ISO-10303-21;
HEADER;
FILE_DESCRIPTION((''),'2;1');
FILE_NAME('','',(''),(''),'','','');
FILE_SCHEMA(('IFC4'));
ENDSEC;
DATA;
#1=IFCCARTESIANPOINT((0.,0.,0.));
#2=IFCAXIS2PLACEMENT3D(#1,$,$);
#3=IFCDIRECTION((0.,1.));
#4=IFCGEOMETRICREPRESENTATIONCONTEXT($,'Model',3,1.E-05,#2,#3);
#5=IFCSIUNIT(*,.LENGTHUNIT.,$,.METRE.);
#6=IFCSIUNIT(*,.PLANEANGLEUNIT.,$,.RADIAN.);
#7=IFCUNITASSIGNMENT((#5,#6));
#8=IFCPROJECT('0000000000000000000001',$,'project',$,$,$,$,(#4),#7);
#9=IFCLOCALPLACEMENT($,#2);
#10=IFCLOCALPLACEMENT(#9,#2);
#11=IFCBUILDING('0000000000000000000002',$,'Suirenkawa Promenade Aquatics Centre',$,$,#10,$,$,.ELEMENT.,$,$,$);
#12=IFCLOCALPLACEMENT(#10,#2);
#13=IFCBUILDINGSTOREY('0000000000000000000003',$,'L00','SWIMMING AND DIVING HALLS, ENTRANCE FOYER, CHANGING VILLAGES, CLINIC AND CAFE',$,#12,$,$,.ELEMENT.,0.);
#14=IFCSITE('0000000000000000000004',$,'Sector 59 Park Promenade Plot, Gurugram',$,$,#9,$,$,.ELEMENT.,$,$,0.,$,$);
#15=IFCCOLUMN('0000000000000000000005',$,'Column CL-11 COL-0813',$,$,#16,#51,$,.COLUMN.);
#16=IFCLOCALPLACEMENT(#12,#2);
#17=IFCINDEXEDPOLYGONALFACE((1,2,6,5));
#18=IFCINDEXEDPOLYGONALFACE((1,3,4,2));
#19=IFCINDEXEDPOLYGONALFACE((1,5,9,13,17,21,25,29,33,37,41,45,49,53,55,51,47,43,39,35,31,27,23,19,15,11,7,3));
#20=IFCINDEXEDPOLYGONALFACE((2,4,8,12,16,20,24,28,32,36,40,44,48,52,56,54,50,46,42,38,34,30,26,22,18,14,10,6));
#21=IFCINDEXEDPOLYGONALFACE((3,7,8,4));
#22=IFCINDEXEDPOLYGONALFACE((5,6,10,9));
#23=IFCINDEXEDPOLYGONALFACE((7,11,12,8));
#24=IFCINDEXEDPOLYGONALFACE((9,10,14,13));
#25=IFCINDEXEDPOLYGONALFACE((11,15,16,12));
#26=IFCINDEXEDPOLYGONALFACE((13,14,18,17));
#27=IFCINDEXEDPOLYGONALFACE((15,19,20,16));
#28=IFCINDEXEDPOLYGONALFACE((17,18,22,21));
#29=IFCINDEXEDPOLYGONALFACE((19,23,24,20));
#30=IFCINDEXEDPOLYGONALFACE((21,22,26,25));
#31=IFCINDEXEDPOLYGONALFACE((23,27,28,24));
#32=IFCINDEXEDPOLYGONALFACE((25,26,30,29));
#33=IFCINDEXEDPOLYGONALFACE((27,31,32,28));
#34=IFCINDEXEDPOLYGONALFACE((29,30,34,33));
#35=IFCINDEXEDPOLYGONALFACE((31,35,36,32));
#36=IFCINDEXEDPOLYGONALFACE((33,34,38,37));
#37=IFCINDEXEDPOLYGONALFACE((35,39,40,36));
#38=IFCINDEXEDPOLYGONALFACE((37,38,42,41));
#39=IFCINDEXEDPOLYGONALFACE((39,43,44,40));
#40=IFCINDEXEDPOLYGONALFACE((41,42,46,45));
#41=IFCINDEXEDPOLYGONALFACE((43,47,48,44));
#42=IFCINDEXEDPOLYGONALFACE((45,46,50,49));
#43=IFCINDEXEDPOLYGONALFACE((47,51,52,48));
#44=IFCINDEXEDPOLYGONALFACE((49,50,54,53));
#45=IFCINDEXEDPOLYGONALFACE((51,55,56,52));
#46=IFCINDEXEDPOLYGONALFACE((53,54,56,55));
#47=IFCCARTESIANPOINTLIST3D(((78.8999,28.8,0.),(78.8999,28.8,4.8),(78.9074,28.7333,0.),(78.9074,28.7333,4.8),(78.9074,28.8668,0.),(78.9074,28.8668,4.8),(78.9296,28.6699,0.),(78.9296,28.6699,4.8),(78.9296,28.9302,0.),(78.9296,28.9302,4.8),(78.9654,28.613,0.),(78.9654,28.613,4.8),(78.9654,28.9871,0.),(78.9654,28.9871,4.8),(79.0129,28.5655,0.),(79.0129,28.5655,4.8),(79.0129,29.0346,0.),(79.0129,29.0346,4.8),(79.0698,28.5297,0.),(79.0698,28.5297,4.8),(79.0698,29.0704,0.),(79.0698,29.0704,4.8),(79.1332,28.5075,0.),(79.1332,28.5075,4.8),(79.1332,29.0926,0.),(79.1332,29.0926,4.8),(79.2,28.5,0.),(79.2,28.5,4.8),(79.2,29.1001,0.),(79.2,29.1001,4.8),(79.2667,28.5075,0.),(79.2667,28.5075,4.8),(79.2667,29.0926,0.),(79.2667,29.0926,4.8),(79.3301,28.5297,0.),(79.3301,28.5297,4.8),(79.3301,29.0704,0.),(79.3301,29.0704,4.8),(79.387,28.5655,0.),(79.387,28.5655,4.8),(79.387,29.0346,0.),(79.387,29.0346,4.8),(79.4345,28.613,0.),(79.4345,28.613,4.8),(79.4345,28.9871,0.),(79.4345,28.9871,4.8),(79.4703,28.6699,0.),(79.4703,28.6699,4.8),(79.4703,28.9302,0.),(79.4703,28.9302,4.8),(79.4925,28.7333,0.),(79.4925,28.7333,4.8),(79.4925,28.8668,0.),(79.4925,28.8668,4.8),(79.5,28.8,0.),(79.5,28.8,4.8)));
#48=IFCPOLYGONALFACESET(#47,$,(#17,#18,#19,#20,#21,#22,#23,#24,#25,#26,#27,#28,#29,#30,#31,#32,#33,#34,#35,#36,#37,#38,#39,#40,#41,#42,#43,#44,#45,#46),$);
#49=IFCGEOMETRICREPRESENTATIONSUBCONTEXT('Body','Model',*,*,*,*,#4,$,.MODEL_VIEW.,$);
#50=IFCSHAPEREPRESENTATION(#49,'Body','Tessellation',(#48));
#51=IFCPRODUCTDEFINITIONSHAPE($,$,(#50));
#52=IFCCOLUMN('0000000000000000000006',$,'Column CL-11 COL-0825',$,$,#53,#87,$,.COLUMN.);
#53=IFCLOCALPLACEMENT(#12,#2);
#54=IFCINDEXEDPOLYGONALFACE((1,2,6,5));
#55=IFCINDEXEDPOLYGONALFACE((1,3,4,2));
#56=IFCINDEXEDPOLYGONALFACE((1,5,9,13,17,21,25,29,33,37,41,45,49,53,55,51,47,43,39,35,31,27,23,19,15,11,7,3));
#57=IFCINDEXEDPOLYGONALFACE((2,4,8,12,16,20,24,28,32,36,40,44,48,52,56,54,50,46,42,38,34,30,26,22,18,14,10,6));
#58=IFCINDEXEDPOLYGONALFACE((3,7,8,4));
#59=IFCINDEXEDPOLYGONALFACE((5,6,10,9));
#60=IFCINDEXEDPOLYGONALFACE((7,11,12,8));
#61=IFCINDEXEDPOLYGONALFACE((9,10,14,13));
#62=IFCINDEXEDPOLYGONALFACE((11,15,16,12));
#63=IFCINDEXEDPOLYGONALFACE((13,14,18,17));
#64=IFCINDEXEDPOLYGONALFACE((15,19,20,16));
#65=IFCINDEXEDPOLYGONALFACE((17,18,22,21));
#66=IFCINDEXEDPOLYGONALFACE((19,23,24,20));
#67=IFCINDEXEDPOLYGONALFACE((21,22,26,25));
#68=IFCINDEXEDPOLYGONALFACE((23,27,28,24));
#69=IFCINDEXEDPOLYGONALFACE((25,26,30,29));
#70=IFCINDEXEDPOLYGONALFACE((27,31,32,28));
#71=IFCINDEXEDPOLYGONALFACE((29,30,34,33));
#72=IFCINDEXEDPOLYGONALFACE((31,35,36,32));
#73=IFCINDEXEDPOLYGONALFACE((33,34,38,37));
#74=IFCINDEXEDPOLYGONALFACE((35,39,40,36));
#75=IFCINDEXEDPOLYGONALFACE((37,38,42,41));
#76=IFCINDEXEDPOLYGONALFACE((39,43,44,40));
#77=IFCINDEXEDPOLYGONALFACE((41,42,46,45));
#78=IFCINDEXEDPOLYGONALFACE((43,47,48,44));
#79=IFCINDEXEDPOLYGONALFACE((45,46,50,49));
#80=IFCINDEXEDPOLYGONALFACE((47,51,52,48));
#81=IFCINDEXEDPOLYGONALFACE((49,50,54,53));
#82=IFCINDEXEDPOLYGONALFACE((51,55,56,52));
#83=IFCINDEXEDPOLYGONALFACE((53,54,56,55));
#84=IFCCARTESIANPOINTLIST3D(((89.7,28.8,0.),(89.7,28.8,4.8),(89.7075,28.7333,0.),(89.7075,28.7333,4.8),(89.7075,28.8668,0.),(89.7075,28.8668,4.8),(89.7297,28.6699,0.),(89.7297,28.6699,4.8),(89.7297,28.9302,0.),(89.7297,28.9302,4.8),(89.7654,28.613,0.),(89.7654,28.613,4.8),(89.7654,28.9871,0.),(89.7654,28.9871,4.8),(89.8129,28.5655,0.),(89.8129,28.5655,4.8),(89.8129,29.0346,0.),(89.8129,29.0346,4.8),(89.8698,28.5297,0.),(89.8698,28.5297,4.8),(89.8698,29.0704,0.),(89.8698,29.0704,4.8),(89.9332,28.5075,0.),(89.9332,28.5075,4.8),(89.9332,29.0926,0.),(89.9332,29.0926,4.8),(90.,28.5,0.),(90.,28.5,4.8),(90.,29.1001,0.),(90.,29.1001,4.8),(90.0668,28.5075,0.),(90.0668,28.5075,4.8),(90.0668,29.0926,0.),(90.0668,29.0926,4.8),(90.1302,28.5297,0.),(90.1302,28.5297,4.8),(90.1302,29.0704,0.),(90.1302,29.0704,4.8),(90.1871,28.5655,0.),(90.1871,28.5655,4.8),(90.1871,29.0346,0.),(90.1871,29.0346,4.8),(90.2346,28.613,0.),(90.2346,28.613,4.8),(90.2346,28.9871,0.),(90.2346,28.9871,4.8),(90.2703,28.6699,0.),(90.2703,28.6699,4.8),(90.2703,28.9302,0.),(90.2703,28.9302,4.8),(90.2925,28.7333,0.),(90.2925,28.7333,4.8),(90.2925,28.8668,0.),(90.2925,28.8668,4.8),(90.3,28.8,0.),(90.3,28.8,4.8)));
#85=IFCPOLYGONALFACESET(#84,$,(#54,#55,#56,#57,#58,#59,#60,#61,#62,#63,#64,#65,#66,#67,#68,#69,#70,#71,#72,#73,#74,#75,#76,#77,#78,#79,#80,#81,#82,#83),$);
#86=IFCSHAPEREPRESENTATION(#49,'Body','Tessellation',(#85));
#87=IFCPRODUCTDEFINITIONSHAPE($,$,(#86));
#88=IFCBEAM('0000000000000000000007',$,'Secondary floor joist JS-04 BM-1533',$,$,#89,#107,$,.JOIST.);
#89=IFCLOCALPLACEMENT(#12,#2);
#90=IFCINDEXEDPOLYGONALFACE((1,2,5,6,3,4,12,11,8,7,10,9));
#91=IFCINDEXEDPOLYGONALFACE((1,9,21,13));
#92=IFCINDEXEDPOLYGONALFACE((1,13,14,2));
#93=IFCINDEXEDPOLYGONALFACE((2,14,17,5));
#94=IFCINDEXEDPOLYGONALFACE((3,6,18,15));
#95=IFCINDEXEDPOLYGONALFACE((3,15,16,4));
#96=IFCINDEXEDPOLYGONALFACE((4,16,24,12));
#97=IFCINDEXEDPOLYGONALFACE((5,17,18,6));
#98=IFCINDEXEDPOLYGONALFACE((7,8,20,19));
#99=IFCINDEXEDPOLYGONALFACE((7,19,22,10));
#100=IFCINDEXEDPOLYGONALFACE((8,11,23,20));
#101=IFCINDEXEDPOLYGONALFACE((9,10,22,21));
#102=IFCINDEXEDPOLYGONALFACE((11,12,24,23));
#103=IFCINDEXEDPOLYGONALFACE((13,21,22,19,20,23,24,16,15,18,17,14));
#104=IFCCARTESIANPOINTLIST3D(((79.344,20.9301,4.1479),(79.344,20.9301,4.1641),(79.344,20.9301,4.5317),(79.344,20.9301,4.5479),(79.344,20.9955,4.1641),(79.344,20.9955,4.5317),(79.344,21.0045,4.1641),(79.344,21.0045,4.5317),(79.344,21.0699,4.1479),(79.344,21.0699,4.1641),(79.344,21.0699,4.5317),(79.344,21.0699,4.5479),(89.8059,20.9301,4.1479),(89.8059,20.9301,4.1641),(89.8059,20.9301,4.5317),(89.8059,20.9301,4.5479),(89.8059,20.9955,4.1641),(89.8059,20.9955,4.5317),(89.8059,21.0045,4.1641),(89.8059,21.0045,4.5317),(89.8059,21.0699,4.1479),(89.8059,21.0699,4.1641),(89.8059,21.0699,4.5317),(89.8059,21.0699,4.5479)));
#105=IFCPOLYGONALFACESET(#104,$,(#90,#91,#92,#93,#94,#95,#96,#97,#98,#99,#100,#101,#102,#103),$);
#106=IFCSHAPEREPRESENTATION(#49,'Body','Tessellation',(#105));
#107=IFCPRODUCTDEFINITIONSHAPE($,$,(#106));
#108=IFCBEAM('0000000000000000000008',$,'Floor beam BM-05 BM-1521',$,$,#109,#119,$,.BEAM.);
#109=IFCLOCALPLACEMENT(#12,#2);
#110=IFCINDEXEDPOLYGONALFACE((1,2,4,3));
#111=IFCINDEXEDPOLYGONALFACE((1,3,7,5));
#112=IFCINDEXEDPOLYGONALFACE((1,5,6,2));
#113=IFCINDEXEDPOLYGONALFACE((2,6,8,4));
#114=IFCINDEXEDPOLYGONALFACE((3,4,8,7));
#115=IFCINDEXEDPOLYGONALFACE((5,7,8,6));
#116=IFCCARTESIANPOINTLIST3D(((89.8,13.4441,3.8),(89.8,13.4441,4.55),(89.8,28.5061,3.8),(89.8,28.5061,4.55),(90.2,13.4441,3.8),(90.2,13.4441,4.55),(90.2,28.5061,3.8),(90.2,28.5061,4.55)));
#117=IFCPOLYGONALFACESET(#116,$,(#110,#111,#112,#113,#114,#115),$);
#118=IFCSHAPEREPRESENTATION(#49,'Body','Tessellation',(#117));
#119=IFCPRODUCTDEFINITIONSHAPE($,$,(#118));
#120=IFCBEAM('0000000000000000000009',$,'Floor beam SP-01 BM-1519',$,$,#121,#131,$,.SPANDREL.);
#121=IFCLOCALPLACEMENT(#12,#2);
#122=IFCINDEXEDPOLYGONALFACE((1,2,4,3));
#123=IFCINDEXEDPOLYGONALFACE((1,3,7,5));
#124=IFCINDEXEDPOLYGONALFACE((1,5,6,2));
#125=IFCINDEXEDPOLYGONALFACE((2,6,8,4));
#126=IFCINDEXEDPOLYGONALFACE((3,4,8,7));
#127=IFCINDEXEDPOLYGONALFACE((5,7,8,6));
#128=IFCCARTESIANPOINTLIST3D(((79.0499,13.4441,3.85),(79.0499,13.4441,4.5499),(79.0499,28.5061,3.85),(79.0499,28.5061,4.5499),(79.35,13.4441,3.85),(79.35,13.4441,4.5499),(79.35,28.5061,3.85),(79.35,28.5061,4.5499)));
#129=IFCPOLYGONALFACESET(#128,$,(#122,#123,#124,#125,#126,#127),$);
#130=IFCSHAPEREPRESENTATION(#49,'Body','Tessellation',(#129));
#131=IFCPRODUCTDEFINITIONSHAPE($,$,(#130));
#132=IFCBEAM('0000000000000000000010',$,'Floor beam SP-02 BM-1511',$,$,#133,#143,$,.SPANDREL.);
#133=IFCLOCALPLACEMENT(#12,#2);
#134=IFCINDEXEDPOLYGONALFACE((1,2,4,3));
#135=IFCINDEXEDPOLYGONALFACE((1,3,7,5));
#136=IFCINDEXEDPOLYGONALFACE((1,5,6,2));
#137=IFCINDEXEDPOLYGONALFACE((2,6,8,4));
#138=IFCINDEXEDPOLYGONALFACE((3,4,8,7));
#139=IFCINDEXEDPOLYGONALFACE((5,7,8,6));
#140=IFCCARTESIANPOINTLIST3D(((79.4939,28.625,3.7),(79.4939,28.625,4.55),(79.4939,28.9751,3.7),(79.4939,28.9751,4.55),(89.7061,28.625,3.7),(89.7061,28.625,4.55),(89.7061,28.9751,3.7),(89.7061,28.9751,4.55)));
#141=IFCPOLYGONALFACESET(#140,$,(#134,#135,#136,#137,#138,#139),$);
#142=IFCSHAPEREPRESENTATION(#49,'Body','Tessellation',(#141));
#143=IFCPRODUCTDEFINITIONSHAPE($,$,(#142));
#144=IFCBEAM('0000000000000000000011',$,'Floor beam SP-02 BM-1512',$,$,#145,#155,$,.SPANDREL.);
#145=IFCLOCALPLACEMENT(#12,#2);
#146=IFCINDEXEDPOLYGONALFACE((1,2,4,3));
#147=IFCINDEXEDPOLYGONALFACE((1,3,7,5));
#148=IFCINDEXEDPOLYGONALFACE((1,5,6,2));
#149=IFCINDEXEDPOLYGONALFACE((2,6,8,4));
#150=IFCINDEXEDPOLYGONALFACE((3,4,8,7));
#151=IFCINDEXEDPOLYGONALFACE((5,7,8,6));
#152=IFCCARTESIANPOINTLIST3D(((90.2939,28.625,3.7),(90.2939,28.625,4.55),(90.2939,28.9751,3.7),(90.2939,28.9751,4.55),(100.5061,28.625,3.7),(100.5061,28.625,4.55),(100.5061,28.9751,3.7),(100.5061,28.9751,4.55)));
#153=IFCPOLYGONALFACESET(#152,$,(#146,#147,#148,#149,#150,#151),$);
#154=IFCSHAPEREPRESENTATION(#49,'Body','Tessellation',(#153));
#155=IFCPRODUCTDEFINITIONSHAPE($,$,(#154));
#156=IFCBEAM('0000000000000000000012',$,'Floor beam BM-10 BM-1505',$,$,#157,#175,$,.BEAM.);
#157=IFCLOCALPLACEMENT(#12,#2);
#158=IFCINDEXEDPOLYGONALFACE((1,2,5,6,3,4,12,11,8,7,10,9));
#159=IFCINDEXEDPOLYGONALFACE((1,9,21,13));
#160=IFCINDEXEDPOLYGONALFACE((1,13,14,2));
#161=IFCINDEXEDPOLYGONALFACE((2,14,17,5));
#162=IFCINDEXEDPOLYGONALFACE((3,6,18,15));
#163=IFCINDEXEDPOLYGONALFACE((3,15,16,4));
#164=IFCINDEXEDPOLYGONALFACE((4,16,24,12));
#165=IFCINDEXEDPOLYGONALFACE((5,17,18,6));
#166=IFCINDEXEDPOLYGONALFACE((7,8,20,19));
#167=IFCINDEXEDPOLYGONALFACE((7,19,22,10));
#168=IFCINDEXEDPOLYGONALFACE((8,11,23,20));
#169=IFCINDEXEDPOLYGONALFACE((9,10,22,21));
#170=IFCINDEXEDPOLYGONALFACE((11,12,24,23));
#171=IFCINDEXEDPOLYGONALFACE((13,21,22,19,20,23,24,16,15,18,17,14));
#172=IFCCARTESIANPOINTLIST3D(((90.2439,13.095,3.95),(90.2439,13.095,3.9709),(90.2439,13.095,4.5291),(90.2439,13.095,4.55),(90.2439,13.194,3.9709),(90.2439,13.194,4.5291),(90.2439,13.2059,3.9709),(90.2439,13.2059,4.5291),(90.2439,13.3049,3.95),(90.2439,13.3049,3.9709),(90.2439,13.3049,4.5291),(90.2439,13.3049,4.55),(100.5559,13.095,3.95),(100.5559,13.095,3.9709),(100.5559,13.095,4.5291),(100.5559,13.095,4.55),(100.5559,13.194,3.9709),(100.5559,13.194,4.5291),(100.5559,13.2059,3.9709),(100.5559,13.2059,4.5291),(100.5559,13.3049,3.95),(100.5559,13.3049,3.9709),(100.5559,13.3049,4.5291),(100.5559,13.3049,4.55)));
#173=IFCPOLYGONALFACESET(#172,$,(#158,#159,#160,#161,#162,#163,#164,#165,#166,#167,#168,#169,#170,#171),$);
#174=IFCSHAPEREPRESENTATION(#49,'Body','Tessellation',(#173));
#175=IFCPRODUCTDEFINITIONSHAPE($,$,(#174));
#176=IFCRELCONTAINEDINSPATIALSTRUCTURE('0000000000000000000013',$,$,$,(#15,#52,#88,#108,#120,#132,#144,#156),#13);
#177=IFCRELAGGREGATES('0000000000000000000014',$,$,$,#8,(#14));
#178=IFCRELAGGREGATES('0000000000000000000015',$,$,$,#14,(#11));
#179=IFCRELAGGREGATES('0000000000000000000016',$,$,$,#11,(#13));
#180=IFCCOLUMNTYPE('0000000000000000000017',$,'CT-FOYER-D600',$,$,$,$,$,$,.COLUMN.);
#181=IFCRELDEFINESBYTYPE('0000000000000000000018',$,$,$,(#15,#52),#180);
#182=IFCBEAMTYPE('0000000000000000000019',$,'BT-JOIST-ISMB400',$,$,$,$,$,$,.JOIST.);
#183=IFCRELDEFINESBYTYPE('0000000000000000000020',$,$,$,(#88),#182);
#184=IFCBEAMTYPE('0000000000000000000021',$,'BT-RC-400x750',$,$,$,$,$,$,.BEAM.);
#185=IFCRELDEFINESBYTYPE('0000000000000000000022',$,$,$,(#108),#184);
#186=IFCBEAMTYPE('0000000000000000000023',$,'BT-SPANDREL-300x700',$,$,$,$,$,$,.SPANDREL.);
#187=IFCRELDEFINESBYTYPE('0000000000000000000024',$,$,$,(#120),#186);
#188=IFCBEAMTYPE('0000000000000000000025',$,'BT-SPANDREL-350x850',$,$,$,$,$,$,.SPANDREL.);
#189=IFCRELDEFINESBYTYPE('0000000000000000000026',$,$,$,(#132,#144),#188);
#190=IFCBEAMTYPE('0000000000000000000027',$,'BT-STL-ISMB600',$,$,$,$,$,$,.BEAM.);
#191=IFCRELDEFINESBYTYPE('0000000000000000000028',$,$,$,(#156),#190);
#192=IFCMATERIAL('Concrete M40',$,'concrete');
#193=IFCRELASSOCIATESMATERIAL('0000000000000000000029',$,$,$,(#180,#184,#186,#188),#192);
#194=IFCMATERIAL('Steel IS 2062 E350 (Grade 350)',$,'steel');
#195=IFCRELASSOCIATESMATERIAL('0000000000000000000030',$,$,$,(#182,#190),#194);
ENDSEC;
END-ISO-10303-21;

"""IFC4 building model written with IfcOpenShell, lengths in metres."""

from ifc_helpers import new_model, si_unit, direction, frame, origin, origin_2d, place, context, subcontext, project, spatial, rectangle, circle, i_section, extrude, material, material_profile, profile_set, type_object, element, save


model = new_model("IFC4")

# Units and contexts
model_context = context("Model", 3, precision=1e-05, world=origin(), true_north=direction((0.0, 1.0)))
body_context = subcontext(model_context, "Body", "Model", "MODEL_VIEW")
ifc_project = project(units=[si_unit("LENGTHUNIT", "METRE"), si_unit("PLANEANGLEUNIT", "RADIAN")], contexts=[model_context])

# Site, building, storey
site_placement = place(None, origin())
site = spatial("IfcSite", under=ifc_project, at=site_placement, Name="Sector 59 Park Promenade Plot, Gurugram", CompositionType="ELEMENT", RefElevation=0.0)
building_placement = place(site_placement, origin())
building = spatial("IfcBuilding", under=site, at=building_placement, Name="Suirenkawa Promenade Aquatics Centre", CompositionType="ELEMENT")
storey_placement = place(building_placement, origin())
storey = spatial("IfcBuildingStorey", under=building, at=storey_placement, Name="L00", Description="SWIMMING AND DIVING HALLS, ENTRANCE FOYER, CHANGING VILLAGES, CLINIC AND CAFE", CompositionType="ELEMENT", Elevation=0.0)

# Columns
ifc_material_1 = material(Name="Concrete M40", Category="concrete")
ifc_material_profile_1 = material_profile(ifc_material_1, circle(Radius=0.3, at=origin_2d()), Name="RC FOYER D600", Category="concrete")
ifc_profile_set_1 = profile_set([ifc_material_profile_1], Name="Concrete M40")
column_type = type_object("IfcColumnType", Name="CT-FOYER-D600", PredefinedType="COLUMN", material=ifc_profile_set_1)
for number, where, z_axis, x_axis, name in (
    (1, (79.2, 28.8, 0.0), (0.0, 0.0, 1.0), (1.0, 0.0, 0.0), "Column CL-11 COL-0813"),
    (2, (90.0, 28.8, 0.0), (0.0, 0.0, 1.0), (1.0, 0.0, 0.0), "Column CL-11 COL-0825"),
):
    element("IfcColumn", number, at=place(storey_placement, frame(where, z_axis=z_axis, x_axis=x_axis)), inside=storey, type_object=column_type, Name=name, PredefinedType="COLUMN", context=body_context, shape_type="SweptSolid", body=[
        extrude(circle(Radius=0.3, at=origin_2d()), origin(), (0.0, 0.0, 1.0), 4.8),
    ])

# Beams
ifc_material_2 = material(Name="Steel IS 2062 E350 (Grade 350)", Category="steel")
ifc_material_profile_2 = material_profile(ifc_material_2, i_section(OverallWidth=0.1399, OverallDepth=0.3999, WebThickness=0.009, FlangeThickness=0.0161, at=origin_2d()), Name="ISMB 400", Category="steel")
ifc_profile_set_2 = profile_set([ifc_material_profile_2], Name="Steel IS 2062 E350 (Grade 350)")
beam_type_1 = type_object("IfcBeamType", Name="BT-JOIST-ISMB400", PredefinedType="JOIST", material=ifc_profile_set_2)
beam_1_placement = place(storey_placement, frame((79.344, 21.0, 4.3479), z_axis=(1.0, 0.0, 0.0), x_axis=(0.0, 1.0, 0.0)))
element("IfcBeam", 3, at=beam_1_placement, inside=storey, type_object=beam_type_1, Name="Secondary floor joist JS-04 BM-1533", PredefinedType="JOIST", context=body_context, shape_type="SweptSolid", body=[
    extrude(i_section(OverallWidth=0.1399, OverallDepth=0.3999, WebThickness=0.009, FlangeThickness=0.0161, at=origin_2d()), origin(), (0.0, 0.0, 1.0), 10.4619),
])
ifc_material_profile_3 = material_profile(ifc_material_1, rectangle(XDim=0.3999, YDim=0.75, at=origin_2d()), Name="RC BM 400x750", Category="concrete")
ifc_profile_set_3 = profile_set([ifc_material_profile_3], Name="Concrete M40")
beam_type_2 = type_object("IfcBeamType", Name="BT-RC-400x750", PredefinedType="BEAM", material=ifc_profile_set_3)
beam_2_placement = place(storey_placement, frame((90.0, 13.4441, 4.175), z_axis=(0.0, 1.0, 0.0), x_axis=(-1.0, 0.0, 0.0)))
element("IfcBeam", 4, at=beam_2_placement, inside=storey, type_object=beam_type_2, Name="Floor beam BM-05 BM-1521", PredefinedType="BEAM", context=body_context, shape_type="SweptSolid", body=[
    extrude(rectangle(XDim=0.3999, YDim=0.75, at=origin_2d()), origin(), (0.0, 0.0, 1.0), 15.062),
])
ifc_material_profile_4 = material_profile(ifc_material_1, rectangle(XDim=0.3, YDim=0.7, at=origin_2d()), Name="RC SPANDREL 300x700", Category="concrete")
ifc_profile_set_4 = profile_set([ifc_material_profile_4], Name="Concrete M40")
beam_type_3 = type_object("IfcBeamType", Name="BT-SPANDREL-300x700", PredefinedType="SPANDREL", material=ifc_profile_set_4)
beam_3_placement = place(storey_placement, frame((79.2, 13.4441, 4.2), z_axis=(0.0, 1.0, 0.0), x_axis=(-1.0, 0.0, 0.0)))
element("IfcBeam", 5, at=beam_3_placement, inside=storey, type_object=beam_type_3, Name="Floor beam SP-01 BM-1519", PredefinedType="SPANDREL", context=body_context, shape_type="SweptSolid", body=[
    extrude(rectangle(XDim=0.3, YDim=0.7, at=origin_2d()), origin(), (0.0, 0.0, 1.0), 15.062),
])
ifc_material_profile_5 = material_profile(ifc_material_1, rectangle(XDim=0.3501, YDim=0.8501, at=origin_2d()), Name="RC SPANDREL 350x850", Category="concrete")
ifc_profile_set_5 = profile_set([ifc_material_profile_5], Name="Concrete M40")
beam_type_4 = type_object("IfcBeamType", Name="BT-SPANDREL-350x850", PredefinedType="SPANDREL", material=ifc_profile_set_5)
for number, where, z_axis, x_axis, name in (
    (6, (79.4939, 28.8, 4.125), (1.0, 0.0, 0.0), (0.0, 1.0, 0.0), "Floor beam SP-02 BM-1511"),
    (7, (90.2939, 28.8, 4.125), (1.0, 0.0, 0.0), (0.0, 1.0, 0.0), "Floor beam SP-02 BM-1512"),
):
    element("IfcBeam", number, at=place(storey_placement, frame(where, z_axis=z_axis, x_axis=x_axis)), inside=storey, type_object=beam_type_4, Name=name, PredefinedType="SPANDREL", context=body_context, shape_type="SweptSolid", body=[
        extrude(rectangle(XDim=0.3501, YDim=0.8501, at=origin_2d()), origin(), (0.0, 0.0, 1.0), 10.2122),
    ])
ifc_material_profile_6 = material_profile(ifc_material_2, i_section(OverallWidth=0.21, OverallDepth=0.6001, WebThickness=0.012, FlangeThickness=0.021, at=origin_2d()), Name="ISMB 600", Category="steel")
ifc_profile_set_6 = profile_set([ifc_material_profile_6], Name="Steel IS 2062 E350 (Grade 350)")
beam_type_5 = type_object("IfcBeamType", Name="BT-STL-ISMB600", PredefinedType="BEAM", material=ifc_profile_set_6)
beam_4_placement = place(storey_placement, frame((90.2439, 13.2, 4.25), z_axis=(1.0, 0.0, 0.0), x_axis=(0.0, 1.0, 0.0)))
element("IfcBeam", 8, at=beam_4_placement, inside=storey, type_object=beam_type_5, Name="Floor beam BM-10 BM-1505", PredefinedType="BEAM", context=body_context, shape_type="SweptSolid", body=[
    extrude(i_section(OverallWidth=0.21, OverallDepth=0.6001, WebThickness=0.012, FlangeThickness=0.021, at=origin_2d()), origin(), (0.0, 0.0, 1.0), 10.312),
])

save(model, "model.ifc")
